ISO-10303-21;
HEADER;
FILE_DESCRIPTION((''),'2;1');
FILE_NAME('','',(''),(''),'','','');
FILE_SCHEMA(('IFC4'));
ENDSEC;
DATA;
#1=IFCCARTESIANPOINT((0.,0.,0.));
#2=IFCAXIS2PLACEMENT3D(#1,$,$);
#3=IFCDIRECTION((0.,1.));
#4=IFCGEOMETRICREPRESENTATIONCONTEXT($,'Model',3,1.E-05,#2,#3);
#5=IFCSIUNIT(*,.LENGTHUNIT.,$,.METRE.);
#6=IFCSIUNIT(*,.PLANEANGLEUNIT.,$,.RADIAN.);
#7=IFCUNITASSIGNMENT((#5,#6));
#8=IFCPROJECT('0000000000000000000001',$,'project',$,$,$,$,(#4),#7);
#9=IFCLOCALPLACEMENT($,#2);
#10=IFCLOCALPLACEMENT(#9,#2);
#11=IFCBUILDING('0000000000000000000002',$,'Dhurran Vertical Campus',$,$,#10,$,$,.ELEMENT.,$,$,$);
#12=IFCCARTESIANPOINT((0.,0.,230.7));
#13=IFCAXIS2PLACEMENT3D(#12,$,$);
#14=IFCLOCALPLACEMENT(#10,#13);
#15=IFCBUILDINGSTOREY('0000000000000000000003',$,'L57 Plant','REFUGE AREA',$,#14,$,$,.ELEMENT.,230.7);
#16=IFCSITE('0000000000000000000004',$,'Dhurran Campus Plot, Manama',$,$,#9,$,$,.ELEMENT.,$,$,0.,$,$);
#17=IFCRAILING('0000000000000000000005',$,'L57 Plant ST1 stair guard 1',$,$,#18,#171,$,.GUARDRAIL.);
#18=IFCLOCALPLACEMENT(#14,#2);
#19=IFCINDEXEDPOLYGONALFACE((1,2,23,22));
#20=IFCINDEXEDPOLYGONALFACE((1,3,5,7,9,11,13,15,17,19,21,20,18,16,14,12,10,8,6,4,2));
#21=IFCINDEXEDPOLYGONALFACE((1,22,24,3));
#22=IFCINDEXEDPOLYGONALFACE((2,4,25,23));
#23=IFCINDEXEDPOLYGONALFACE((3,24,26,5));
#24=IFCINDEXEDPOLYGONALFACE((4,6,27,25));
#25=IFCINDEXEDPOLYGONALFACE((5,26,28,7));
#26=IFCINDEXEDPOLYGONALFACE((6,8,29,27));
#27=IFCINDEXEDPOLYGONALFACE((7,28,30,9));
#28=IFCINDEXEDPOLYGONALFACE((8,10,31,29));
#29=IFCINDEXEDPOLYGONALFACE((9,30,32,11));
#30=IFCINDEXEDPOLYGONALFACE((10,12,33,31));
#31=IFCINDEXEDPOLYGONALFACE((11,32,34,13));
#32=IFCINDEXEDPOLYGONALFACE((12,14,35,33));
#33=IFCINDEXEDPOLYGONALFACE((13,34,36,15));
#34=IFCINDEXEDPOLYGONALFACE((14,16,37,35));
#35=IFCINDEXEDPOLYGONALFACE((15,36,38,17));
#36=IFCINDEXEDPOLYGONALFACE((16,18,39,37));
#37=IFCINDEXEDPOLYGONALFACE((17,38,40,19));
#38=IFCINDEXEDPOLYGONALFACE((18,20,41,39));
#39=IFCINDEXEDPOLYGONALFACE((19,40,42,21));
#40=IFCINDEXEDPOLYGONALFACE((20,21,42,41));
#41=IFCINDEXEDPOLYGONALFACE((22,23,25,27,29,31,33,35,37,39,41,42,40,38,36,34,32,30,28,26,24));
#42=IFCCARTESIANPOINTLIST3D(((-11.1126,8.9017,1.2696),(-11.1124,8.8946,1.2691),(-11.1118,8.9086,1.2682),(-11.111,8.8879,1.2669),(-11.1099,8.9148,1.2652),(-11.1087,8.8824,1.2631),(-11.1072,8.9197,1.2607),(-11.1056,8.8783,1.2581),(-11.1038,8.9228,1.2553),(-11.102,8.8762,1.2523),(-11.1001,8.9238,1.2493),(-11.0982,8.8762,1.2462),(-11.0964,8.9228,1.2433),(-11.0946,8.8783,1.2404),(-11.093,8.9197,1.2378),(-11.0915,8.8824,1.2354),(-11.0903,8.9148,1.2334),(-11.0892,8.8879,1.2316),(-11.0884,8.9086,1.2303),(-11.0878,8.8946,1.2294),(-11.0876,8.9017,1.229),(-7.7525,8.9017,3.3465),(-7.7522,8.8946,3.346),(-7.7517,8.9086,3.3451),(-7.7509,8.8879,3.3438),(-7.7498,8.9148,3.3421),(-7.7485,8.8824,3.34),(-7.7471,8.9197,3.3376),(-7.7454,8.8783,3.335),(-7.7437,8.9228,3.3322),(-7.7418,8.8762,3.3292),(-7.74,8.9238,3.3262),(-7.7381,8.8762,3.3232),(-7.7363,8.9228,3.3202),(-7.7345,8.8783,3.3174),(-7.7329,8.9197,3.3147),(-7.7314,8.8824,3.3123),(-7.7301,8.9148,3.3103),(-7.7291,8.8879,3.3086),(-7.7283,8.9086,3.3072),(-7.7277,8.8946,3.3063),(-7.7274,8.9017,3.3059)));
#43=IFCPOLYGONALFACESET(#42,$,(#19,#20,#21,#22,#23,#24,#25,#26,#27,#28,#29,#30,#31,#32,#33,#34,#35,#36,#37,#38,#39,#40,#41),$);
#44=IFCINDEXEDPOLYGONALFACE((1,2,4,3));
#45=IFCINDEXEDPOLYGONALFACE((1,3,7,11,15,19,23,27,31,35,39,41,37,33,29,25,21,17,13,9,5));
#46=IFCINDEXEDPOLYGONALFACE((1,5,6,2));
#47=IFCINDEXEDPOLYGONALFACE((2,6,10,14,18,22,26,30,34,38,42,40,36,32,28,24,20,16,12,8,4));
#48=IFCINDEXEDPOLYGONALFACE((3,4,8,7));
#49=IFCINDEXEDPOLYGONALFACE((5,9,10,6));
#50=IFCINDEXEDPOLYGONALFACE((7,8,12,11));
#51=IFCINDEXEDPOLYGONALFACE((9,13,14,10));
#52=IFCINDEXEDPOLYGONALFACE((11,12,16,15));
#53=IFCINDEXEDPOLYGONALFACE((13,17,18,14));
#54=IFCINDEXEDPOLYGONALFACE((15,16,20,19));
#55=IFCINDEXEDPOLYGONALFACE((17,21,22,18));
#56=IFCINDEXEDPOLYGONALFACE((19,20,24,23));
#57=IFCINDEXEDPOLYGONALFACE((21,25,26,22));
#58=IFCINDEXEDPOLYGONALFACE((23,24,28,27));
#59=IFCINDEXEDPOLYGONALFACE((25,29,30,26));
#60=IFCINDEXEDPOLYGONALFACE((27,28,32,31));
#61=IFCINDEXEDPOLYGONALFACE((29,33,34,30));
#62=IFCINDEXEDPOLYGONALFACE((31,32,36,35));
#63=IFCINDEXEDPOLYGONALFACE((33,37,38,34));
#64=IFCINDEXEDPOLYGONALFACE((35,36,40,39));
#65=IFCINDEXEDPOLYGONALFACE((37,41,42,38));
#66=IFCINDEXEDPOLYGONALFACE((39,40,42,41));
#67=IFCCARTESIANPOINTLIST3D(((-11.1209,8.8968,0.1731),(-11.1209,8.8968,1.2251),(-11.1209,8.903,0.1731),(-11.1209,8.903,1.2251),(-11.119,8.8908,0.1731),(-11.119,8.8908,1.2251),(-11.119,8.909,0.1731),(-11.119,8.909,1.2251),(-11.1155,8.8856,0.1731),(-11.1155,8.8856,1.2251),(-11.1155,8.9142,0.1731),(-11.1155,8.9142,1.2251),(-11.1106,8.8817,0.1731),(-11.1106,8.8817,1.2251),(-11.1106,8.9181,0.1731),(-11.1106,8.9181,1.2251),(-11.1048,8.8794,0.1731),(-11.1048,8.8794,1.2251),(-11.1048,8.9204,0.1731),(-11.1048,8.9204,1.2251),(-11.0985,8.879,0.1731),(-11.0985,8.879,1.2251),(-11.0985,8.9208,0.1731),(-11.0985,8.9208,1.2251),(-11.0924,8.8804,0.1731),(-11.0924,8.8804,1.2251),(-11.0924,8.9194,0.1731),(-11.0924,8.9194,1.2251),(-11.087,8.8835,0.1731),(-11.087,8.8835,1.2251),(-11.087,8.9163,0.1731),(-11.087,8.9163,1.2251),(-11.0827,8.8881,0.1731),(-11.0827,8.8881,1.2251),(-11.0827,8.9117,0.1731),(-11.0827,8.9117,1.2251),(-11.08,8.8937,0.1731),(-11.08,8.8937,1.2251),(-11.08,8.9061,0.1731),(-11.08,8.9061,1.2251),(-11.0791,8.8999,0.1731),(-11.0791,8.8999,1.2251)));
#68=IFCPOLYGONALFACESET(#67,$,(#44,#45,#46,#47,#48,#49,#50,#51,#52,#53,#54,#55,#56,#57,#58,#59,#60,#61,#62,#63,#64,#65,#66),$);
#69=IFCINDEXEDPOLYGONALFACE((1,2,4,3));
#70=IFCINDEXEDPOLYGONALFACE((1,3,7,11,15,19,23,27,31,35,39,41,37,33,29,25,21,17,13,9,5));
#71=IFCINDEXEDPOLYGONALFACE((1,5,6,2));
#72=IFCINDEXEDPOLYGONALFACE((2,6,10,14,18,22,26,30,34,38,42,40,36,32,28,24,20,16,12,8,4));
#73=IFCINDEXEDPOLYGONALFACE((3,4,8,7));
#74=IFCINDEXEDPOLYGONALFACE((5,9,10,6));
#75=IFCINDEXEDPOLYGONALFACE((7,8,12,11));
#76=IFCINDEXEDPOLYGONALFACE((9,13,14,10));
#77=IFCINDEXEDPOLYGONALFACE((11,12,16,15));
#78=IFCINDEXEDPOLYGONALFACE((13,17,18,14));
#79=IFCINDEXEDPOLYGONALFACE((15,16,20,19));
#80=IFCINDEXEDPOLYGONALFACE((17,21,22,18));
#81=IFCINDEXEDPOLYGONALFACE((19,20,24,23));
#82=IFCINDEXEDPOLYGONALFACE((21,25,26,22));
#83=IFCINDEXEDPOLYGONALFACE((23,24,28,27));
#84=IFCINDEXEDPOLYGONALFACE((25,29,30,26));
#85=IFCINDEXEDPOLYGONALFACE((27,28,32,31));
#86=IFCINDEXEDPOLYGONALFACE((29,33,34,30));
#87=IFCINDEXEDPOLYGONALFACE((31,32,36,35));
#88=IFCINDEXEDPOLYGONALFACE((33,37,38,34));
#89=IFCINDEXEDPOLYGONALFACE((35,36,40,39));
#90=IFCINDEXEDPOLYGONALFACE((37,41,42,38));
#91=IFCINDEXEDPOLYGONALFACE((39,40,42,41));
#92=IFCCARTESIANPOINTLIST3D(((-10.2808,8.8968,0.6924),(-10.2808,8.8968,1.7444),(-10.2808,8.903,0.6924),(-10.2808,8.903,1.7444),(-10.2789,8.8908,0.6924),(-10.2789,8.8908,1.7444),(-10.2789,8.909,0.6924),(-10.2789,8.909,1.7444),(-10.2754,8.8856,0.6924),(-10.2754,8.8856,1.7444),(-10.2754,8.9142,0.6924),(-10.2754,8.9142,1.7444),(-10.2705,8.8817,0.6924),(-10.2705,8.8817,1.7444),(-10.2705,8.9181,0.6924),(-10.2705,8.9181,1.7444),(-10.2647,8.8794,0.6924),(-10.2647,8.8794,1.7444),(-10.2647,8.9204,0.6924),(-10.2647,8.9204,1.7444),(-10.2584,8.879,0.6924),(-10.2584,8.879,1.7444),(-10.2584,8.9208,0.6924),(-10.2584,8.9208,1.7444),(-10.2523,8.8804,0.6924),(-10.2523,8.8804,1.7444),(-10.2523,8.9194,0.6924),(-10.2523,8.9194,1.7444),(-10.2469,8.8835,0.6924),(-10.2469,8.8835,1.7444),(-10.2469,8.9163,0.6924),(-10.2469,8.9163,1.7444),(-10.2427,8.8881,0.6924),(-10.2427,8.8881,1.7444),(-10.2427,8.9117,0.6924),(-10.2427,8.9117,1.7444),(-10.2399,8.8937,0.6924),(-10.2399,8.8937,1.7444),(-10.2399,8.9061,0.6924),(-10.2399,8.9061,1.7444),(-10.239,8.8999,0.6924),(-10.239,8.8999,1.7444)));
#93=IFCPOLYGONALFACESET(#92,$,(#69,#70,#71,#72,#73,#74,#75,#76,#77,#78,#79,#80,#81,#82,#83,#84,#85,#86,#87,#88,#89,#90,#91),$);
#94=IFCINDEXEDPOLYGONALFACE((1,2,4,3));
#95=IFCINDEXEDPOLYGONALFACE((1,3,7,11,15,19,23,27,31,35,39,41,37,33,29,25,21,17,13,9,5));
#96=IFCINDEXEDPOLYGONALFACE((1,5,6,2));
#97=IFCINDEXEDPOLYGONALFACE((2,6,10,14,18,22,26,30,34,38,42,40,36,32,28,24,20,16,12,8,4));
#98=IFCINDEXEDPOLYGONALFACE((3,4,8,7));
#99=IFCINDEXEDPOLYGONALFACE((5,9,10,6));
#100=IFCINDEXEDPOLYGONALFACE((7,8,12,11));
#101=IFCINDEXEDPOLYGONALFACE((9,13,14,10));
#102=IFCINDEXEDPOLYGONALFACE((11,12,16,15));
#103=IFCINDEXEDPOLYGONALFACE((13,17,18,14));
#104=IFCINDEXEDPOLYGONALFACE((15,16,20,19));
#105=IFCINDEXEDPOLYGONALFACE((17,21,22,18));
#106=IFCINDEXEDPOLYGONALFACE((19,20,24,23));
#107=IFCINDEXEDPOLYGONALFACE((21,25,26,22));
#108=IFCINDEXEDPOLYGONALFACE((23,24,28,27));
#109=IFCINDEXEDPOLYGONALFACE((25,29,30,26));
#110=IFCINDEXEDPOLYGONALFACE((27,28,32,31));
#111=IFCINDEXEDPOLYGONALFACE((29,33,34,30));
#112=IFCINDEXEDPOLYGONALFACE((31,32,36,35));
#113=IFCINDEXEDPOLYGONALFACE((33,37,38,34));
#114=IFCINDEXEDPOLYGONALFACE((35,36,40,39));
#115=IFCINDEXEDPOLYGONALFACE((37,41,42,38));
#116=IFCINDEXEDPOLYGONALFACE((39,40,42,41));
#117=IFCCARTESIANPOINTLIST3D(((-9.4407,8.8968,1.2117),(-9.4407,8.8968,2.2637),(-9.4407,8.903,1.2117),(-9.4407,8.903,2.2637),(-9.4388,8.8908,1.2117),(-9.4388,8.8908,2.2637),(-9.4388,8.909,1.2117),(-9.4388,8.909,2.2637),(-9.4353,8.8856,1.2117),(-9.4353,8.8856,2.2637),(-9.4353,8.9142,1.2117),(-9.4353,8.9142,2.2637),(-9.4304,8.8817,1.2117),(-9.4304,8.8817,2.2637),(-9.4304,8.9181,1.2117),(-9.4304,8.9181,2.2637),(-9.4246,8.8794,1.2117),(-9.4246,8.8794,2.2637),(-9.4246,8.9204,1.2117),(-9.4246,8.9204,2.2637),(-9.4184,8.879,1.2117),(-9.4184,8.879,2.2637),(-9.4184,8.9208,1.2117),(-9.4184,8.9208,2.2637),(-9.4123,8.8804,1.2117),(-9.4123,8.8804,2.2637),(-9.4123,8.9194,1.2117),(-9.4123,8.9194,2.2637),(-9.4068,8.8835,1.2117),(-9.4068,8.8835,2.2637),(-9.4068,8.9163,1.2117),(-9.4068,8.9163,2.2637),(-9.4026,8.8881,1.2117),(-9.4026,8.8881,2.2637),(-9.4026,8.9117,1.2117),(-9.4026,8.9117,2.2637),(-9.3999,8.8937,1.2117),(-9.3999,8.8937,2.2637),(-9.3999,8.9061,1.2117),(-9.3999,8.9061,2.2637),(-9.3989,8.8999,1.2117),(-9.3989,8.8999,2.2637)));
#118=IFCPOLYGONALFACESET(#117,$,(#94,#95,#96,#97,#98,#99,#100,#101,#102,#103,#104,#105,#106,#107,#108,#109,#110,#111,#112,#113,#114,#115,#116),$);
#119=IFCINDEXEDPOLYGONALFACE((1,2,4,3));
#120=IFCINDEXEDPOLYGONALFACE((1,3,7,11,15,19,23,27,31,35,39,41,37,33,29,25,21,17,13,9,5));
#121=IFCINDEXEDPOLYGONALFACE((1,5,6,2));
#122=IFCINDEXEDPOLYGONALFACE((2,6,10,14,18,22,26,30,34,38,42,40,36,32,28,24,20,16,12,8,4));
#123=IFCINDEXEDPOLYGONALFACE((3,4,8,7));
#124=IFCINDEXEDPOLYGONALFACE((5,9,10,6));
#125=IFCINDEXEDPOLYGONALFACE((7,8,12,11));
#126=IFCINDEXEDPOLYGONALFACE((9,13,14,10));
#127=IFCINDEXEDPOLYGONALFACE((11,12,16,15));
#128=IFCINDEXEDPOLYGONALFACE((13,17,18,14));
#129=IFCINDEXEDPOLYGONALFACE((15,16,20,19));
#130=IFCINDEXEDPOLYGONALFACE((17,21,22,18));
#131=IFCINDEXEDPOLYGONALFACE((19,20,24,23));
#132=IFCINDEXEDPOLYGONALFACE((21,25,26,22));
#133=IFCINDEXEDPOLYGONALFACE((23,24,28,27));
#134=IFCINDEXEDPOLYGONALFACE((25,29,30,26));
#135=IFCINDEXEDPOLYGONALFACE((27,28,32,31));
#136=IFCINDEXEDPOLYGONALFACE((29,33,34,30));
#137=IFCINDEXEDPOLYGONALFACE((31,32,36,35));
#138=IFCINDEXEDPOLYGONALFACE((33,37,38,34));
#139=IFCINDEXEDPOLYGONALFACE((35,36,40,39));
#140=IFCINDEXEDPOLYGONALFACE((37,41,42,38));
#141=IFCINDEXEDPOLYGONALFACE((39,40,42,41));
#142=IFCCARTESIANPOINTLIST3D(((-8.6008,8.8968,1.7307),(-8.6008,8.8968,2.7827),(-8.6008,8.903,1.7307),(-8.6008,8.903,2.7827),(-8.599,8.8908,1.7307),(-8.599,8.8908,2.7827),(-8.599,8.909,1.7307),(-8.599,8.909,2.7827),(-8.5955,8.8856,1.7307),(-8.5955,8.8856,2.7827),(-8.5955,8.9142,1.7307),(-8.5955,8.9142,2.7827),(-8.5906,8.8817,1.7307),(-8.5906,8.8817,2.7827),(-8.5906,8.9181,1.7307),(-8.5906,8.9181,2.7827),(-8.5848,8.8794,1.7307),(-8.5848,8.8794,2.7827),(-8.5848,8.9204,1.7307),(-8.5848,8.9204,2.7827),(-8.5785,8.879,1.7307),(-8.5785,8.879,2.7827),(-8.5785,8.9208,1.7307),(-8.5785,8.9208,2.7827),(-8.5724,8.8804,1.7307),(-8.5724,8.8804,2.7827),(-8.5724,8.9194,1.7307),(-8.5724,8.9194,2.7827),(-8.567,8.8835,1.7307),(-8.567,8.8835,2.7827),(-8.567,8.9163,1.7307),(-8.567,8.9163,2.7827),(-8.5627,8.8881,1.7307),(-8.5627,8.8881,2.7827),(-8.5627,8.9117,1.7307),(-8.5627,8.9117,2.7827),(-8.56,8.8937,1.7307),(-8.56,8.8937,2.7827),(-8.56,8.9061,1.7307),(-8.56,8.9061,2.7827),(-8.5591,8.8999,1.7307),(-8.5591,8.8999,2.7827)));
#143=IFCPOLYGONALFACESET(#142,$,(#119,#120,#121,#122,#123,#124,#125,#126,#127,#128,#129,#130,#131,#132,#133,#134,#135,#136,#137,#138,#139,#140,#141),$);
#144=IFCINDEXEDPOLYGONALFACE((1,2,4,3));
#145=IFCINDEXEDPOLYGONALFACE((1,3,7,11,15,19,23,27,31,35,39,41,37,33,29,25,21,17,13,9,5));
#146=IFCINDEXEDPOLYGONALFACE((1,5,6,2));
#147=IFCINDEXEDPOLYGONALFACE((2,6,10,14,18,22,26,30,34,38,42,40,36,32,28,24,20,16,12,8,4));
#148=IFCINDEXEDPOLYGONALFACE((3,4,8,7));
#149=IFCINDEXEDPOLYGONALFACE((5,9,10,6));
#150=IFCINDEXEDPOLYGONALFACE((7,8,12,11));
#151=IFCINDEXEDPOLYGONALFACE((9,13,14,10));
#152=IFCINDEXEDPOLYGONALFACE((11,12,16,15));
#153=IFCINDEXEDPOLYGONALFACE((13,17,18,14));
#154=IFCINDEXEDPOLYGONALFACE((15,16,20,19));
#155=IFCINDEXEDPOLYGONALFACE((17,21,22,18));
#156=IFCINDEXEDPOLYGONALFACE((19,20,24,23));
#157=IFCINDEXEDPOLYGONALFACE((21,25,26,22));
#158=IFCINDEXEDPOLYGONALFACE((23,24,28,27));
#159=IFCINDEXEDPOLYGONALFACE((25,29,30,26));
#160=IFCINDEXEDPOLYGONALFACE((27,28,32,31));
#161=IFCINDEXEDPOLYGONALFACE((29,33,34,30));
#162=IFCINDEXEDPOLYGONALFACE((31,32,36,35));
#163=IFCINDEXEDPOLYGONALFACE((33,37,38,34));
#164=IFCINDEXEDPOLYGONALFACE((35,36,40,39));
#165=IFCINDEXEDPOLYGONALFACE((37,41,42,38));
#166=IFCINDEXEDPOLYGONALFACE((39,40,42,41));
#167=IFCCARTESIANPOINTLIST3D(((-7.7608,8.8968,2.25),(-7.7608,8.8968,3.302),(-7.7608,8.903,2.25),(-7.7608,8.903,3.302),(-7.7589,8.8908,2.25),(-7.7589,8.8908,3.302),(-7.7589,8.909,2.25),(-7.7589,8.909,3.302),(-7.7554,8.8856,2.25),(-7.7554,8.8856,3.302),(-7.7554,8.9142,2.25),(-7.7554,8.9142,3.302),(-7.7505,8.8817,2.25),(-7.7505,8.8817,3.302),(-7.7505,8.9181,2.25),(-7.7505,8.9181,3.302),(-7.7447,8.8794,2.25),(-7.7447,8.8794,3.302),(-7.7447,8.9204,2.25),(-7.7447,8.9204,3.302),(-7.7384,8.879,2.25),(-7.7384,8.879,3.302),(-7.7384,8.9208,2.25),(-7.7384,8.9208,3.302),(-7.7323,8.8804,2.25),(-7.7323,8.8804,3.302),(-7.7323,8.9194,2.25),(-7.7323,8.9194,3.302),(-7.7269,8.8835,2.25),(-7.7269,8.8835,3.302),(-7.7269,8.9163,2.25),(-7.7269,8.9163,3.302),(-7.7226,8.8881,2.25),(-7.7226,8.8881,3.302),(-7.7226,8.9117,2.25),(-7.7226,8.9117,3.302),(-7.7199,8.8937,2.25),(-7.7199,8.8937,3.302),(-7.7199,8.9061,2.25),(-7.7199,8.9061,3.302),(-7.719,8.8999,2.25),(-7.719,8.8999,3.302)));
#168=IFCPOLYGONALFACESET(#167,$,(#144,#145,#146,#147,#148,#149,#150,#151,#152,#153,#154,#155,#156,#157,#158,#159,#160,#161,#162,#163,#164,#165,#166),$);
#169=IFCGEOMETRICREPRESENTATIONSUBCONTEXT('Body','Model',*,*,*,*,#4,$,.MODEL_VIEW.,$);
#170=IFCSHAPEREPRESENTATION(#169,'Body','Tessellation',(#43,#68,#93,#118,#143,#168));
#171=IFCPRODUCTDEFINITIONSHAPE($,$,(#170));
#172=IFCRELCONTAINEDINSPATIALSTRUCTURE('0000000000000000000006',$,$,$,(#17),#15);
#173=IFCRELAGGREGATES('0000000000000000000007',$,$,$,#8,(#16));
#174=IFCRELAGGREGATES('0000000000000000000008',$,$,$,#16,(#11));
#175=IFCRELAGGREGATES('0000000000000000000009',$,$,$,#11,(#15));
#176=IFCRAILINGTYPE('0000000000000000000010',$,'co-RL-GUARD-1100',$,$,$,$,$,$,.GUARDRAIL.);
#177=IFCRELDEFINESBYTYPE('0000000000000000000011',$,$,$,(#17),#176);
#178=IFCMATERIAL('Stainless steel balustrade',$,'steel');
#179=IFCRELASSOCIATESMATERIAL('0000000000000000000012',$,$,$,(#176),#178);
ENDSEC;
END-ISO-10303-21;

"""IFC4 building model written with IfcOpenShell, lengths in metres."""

from ifc_helpers import new_model, si_unit, direction, frame, origin, origin_2d, place, context, subcontext, project, spatial, circle, extrude, material, type_object, element, save


model = new_model("IFC4")

# Units and contexts
model_context = context("Model", 3, precision=1e-05, world=origin(), true_north=direction((0.0, 1.0)))
body_context = subcontext(model_context, "Body", "Model", "MODEL_VIEW")
ifc_project = project(units=[si_unit("LENGTHUNIT", "METRE"), si_unit("PLANEANGLEUNIT", "RADIAN")], contexts=[model_context])

# Site, building, storey
site_placement = place(None, origin())
site = spatial("IfcSite", under=ifc_project, at=site_placement, Name="Dhurran Campus Plot, Manama", CompositionType="ELEMENT", RefElevation=0.0)
building_placement = place(site_placement, origin())
building = spatial("IfcBuilding", under=site, at=building_placement, Name="Dhurran Vertical Campus", CompositionType="ELEMENT")
storey_placement = place(building_placement, frame((0.0, 0.0, 230.7)))
storey = spatial("IfcBuildingStorey", under=building, at=storey_placement, Name="L57 Plant", Description="REFUGE AREA", CompositionType="ELEMENT", Elevation=230.7)

# Railing
ifc_material_1 = material(Name="Stainless steel balustrade", Category="steel")
railing_type_1 = type_object("IfcRailingType", Name="co-RL-GUARD-1100", PredefinedType="GUARDRAIL", material=ifc_material_1)
railing_1_placement = place(storey_placement, frame((-11.1001, 8.8999, 0.1731)))
element("IfcRailing", 1, at=railing_1_placement, inside=storey, type_object=railing_type_1, Name="L57 Plant ST1 stair guard 1", PredefinedType="GUARDRAIL", context=body_context, shape_type="SweptSolid", body=[
    extrude(circle(Radius=0.0239, at=origin_2d()), frame((0.0, 0.0, 1.0762), z_axis=(0.850623, 0.0, 0.525776), x_axis=(0.0, 1.0, 0.0)), (0.0, 0.0, 1.0), 3.9502),
    extrude(circle(Radius=0.021, at=origin_2d()), origin(), (0.0, 0.0, 1.0), 1.052),
    extrude(circle(Radius=0.021, at=origin_2d()), frame((0.8401, 0.0, 0.5193)), (0.0, 0.0, 1.0), 1.052),
    extrude(circle(Radius=0.021, at=origin_2d()), frame((1.6802, 0.0, 1.0386)), (0.0, 0.0, 1.0), 1.052),
    extrude(circle(Radius=0.021, at=origin_2d()), frame((2.52, 0.0, 1.5576)), (0.0, 0.0, 1.0), 1.052),
    extrude(circle(Radius=0.021, at=origin_2d()), frame((3.3601, 0.0, 2.0769)), (0.0, 0.0, 1.0), 1.052),
])

save(model, "model.ifc")
